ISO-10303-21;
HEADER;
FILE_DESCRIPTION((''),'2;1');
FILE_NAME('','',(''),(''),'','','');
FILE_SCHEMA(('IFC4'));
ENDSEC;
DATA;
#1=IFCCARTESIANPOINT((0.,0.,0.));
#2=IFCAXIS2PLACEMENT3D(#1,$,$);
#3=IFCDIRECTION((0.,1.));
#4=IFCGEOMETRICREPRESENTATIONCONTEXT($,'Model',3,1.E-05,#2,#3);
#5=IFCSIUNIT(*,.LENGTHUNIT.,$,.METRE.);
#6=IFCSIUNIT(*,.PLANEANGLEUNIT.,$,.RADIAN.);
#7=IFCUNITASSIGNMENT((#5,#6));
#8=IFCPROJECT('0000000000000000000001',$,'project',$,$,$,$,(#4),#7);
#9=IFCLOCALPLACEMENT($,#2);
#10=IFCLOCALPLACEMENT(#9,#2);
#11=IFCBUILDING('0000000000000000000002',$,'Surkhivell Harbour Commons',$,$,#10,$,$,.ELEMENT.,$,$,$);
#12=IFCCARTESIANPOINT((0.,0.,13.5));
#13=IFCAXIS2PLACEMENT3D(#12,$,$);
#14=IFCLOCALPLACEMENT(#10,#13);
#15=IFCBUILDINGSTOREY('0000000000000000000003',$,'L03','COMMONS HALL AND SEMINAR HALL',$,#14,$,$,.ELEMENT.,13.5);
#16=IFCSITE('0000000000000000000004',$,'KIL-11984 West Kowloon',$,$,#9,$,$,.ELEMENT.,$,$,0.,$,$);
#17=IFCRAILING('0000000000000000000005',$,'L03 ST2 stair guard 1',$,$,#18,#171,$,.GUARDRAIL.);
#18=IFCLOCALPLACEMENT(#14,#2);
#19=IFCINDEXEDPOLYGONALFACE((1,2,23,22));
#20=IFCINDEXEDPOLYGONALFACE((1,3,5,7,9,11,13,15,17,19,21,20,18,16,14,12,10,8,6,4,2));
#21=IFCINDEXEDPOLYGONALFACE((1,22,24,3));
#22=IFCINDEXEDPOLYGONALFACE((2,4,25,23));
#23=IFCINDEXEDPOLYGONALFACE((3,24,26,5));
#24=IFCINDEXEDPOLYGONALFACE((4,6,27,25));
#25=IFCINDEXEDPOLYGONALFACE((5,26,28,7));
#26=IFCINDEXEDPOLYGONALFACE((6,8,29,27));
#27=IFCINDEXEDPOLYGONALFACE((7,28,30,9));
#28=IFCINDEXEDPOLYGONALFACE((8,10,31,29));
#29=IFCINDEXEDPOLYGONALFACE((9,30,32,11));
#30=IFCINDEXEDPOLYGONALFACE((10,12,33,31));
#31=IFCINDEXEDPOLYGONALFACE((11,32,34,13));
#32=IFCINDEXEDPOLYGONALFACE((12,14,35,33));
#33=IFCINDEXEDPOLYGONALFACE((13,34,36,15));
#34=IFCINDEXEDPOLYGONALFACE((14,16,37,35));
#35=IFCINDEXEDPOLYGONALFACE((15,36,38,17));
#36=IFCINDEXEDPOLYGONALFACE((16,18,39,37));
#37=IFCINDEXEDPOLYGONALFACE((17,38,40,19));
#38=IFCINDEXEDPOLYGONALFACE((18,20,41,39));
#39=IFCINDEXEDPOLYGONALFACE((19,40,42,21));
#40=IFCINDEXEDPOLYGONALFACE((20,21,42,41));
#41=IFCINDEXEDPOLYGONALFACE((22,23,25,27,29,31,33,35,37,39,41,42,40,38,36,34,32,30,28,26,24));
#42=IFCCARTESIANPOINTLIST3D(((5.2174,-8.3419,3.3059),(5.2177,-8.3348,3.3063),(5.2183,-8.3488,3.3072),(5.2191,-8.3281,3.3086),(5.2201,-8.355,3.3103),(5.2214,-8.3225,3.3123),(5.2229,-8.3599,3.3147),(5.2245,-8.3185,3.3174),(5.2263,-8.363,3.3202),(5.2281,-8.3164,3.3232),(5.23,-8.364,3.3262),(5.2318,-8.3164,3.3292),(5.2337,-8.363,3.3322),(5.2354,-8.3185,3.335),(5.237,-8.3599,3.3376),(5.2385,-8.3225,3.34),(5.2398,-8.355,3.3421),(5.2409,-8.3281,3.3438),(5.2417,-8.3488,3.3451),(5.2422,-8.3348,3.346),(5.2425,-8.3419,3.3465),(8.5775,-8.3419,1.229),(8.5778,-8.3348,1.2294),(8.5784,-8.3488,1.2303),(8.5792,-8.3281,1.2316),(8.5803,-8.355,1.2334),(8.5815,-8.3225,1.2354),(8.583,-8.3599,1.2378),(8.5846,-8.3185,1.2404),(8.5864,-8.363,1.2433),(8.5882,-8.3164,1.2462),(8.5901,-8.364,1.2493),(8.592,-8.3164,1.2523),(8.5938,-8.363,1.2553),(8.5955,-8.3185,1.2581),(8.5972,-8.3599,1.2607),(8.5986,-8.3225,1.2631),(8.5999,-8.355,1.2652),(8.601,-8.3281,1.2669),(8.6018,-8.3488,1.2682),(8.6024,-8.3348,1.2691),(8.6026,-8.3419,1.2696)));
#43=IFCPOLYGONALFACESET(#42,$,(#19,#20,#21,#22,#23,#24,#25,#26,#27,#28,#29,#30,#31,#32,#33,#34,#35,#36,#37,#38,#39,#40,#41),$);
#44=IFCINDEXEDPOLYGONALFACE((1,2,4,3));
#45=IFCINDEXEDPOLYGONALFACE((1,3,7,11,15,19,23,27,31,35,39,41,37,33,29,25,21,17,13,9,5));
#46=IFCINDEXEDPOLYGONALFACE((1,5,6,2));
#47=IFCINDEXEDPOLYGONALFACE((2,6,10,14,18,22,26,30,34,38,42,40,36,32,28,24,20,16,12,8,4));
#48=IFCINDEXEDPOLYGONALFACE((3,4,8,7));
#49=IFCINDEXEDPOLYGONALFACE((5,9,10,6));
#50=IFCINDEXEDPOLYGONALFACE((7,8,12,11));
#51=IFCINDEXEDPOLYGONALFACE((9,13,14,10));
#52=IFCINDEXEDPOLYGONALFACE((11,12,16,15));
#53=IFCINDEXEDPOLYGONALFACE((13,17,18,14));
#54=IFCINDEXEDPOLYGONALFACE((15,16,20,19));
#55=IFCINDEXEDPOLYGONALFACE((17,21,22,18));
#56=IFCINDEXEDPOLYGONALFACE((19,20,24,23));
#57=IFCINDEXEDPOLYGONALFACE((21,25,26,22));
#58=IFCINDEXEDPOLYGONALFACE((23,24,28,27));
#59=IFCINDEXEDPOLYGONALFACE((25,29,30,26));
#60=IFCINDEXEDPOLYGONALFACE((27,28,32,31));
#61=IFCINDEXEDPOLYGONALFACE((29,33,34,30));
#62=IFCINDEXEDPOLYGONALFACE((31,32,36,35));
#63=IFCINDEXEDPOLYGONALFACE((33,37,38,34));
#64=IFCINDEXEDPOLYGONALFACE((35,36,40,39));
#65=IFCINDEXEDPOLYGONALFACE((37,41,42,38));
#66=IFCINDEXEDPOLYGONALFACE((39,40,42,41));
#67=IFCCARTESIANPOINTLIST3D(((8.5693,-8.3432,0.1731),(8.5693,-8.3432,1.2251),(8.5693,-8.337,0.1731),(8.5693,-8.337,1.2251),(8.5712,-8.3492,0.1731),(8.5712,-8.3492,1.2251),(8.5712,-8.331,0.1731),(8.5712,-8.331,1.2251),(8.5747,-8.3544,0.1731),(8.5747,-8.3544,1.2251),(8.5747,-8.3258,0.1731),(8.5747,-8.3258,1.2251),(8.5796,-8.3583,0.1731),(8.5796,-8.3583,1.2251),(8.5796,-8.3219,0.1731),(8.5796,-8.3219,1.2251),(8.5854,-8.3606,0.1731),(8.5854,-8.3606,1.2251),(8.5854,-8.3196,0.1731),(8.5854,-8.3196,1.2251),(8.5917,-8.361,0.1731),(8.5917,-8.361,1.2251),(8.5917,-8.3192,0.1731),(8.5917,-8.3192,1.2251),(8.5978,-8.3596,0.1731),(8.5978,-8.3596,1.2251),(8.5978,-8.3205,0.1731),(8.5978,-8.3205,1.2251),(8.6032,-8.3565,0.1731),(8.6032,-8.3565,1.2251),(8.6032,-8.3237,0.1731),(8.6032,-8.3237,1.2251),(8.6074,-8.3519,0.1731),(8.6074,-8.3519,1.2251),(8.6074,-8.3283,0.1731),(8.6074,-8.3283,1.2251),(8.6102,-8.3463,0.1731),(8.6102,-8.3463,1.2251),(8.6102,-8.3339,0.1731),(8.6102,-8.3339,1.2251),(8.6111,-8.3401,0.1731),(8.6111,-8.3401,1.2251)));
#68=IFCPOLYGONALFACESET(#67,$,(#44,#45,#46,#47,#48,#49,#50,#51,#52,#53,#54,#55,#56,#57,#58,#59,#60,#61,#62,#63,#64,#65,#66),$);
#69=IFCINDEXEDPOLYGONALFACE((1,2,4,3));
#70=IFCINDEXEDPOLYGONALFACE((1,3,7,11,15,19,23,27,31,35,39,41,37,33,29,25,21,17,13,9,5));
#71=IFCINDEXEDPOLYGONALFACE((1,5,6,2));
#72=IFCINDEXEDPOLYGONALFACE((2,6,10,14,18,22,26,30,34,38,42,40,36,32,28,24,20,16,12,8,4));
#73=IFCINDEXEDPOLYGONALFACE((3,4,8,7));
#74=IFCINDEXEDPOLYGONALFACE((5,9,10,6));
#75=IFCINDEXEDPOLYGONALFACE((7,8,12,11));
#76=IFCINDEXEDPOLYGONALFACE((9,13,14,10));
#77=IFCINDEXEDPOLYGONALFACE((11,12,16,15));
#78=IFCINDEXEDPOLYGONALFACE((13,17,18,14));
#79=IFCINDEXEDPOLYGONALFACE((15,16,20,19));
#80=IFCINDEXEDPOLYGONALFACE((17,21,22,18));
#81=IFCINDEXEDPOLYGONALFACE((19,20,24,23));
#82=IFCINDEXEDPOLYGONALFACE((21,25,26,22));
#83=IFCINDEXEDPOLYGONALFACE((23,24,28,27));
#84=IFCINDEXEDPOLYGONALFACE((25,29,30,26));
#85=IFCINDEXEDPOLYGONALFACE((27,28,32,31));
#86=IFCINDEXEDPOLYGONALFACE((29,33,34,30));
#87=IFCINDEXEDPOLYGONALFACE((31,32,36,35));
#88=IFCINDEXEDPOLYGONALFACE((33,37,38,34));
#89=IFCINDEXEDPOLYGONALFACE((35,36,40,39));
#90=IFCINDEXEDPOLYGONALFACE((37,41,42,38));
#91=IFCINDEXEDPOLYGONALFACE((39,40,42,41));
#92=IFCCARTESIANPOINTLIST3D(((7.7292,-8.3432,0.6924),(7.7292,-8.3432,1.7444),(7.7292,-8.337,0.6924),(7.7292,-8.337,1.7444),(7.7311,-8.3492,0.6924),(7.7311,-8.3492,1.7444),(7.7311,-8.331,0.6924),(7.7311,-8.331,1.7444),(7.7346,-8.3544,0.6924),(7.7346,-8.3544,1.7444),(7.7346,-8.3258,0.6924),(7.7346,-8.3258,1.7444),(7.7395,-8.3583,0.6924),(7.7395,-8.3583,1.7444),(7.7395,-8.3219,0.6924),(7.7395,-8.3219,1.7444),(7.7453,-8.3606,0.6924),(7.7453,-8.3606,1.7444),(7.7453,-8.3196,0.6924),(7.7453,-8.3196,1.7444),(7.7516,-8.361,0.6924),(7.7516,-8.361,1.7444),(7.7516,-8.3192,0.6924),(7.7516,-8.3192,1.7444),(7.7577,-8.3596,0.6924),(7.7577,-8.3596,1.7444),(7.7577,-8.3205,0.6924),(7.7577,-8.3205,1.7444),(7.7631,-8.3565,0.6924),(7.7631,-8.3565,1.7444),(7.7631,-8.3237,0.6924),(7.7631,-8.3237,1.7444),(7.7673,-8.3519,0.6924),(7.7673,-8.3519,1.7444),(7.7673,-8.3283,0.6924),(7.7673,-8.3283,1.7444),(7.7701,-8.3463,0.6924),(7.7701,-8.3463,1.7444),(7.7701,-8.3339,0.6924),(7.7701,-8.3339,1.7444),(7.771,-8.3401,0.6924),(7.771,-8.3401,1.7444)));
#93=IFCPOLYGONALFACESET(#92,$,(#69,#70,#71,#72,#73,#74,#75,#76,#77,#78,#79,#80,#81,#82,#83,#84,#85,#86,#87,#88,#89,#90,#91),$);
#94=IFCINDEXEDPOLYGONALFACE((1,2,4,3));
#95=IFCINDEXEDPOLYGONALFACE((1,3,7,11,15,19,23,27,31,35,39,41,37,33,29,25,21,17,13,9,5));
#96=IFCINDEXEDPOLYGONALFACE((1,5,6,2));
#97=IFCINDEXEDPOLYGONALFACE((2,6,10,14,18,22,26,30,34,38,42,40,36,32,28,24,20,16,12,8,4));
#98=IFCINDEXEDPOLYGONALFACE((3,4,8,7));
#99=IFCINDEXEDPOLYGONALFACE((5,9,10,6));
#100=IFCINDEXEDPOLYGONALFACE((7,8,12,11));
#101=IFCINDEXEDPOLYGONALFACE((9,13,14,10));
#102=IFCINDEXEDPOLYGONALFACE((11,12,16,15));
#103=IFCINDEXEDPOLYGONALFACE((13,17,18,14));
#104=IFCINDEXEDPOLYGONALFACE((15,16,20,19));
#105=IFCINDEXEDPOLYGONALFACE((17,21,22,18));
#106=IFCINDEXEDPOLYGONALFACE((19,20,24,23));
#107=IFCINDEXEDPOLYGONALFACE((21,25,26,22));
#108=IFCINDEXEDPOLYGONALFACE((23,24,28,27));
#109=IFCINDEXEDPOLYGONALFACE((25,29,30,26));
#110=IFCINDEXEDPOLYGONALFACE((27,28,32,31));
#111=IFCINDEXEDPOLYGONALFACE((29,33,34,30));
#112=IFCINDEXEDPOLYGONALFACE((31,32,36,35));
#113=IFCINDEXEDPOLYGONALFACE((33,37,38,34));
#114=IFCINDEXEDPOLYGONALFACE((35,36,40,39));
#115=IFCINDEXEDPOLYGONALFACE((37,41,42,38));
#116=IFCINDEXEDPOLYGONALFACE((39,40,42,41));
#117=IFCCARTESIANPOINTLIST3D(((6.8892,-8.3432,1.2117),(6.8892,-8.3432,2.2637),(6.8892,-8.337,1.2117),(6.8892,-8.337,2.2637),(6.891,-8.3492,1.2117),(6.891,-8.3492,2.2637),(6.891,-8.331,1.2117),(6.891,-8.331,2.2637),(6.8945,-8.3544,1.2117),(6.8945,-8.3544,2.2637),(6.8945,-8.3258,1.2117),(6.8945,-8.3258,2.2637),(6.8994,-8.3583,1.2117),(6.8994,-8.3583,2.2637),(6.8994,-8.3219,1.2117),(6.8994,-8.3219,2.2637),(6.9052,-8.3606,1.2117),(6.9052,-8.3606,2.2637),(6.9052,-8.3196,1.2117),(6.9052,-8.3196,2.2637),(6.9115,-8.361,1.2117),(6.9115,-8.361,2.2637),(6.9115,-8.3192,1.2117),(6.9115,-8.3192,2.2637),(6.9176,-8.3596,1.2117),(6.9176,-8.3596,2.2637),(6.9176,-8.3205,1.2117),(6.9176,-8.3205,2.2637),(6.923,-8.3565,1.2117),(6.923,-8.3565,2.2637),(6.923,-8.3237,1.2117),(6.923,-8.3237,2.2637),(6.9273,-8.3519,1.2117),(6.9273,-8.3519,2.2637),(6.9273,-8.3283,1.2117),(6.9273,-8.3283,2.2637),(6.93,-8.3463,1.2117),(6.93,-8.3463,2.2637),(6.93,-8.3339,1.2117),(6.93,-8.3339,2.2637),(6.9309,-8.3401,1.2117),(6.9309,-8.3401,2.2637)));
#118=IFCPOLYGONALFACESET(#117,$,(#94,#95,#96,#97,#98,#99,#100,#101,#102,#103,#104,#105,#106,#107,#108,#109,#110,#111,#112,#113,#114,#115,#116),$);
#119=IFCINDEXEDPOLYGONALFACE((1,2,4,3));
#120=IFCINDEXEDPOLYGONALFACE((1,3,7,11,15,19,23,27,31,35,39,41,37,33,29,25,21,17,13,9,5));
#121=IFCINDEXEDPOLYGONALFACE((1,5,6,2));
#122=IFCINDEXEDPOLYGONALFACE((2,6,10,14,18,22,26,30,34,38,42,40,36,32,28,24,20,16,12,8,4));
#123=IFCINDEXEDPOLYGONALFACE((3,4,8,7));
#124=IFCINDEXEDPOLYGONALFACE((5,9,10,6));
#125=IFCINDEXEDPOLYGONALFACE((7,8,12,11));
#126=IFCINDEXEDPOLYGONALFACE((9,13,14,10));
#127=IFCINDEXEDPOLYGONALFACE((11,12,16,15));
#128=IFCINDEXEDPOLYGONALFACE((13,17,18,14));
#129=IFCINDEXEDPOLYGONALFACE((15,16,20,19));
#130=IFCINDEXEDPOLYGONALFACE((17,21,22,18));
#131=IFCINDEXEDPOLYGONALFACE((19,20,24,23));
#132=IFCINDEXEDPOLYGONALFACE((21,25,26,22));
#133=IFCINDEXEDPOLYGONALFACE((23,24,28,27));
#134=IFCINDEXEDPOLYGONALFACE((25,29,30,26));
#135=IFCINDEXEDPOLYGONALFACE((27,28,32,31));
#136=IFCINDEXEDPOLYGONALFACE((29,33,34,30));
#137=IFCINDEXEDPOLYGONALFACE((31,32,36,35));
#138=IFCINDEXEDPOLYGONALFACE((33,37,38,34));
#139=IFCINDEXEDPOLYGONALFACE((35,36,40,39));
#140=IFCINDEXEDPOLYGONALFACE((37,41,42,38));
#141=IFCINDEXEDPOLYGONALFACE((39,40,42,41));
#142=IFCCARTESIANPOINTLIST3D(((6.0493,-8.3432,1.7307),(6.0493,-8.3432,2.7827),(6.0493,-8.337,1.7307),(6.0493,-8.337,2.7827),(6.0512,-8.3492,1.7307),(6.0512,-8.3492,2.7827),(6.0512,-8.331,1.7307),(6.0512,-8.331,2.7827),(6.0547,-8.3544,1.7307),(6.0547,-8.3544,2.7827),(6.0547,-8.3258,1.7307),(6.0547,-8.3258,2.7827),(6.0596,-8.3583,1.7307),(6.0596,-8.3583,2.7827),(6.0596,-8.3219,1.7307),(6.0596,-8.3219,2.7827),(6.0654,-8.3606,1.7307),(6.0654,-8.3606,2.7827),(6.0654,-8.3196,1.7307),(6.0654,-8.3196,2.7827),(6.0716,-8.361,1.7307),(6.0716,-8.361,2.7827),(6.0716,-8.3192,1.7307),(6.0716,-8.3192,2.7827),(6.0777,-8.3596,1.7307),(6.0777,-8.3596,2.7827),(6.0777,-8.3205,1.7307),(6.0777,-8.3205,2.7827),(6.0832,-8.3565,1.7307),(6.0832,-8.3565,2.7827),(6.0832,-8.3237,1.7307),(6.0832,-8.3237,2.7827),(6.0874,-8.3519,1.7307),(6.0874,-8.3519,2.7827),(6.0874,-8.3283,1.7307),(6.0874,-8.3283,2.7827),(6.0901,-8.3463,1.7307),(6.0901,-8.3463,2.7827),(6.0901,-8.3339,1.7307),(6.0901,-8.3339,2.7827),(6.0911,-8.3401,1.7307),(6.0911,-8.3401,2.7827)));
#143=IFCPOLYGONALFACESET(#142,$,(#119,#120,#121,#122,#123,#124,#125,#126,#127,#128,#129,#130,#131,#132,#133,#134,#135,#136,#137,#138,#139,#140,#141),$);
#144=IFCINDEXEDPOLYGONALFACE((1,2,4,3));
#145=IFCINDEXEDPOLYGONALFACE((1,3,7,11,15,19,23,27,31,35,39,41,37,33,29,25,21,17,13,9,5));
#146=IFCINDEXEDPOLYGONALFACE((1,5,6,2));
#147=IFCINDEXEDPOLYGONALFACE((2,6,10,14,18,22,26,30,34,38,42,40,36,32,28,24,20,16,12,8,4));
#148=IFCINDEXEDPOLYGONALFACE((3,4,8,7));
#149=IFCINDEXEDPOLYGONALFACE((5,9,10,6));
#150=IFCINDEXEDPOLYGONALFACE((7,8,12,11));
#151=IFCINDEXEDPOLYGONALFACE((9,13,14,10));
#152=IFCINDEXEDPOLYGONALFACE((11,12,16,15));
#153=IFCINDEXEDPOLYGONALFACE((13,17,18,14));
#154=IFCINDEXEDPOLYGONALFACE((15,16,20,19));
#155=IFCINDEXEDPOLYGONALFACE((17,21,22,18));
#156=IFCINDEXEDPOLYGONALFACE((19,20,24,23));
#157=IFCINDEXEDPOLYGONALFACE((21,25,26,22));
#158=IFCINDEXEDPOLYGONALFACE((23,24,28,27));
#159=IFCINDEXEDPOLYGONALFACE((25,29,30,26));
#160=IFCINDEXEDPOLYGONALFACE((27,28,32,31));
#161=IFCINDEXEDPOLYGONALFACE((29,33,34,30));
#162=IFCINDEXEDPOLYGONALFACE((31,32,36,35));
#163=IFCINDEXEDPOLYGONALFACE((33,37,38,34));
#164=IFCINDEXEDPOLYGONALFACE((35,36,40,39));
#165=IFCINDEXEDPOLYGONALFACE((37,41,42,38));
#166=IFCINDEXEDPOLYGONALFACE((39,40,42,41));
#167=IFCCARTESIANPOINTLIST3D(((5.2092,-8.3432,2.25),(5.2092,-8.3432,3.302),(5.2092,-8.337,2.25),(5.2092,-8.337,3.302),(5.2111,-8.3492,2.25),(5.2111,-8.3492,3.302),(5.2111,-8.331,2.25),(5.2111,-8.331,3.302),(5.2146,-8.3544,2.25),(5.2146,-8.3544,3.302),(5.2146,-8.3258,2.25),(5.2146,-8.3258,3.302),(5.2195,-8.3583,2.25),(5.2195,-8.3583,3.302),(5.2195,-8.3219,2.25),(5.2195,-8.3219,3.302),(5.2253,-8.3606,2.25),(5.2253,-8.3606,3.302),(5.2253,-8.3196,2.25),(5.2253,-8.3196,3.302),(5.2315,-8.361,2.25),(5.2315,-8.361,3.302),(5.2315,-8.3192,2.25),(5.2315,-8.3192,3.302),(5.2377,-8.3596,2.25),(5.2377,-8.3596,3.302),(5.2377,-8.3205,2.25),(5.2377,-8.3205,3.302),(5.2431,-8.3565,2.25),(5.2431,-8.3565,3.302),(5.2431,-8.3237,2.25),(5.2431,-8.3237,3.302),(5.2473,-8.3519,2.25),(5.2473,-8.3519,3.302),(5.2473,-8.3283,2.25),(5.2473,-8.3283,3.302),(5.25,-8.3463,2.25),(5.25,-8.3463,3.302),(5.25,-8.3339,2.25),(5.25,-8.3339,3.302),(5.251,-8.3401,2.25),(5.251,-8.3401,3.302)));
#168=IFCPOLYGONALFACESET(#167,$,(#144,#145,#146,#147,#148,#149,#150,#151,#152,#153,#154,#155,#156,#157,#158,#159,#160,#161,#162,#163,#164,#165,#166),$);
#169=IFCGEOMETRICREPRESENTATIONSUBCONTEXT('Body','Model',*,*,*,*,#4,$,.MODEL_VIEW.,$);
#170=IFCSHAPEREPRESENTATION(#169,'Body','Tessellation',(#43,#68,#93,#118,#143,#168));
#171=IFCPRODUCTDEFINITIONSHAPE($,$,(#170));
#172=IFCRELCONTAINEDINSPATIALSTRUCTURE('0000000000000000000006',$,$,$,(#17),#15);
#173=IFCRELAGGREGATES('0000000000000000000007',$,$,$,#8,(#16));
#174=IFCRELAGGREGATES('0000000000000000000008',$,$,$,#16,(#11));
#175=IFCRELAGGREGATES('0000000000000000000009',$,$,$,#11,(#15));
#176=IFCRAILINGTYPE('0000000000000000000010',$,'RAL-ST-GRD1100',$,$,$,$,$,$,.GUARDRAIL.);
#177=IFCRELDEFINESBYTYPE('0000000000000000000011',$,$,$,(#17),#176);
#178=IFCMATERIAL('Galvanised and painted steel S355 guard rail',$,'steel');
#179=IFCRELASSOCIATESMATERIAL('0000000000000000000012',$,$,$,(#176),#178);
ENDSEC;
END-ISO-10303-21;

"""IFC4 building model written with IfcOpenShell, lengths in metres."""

from ifc_helpers import new_model, si_unit, direction, frame, origin, origin_2d, place, context, subcontext, project, spatial, circle, extrude, material, type_object, element, save


model = new_model("IFC4")

# Units and contexts
model_context = context("Model", 3, precision=1e-05, world=origin(), true_north=direction((0.0, 1.0)))
body_context = subcontext(model_context, "Body", "Model", "MODEL_VIEW")
ifc_project = project(units=[si_unit("LENGTHUNIT", "METRE"), si_unit("PLANEANGLEUNIT", "RADIAN")], contexts=[model_context])

# Site, building, storey
site_placement = place(None, origin())
site = spatial("IfcSite", under=ifc_project, at=site_placement, Name="KIL-11984 West Kowloon", CompositionType="ELEMENT", RefElevation=0.0)
building_placement = place(site_placement, origin())
building = spatial("IfcBuilding", under=site, at=building_placement, Name="Surkhivell Harbour Commons", CompositionType="ELEMENT")
storey_placement = place(building_placement, frame((0.0, 0.0, 13.5)))
storey = spatial("IfcBuildingStorey", under=building, at=storey_placement, Name="L03", Description="COMMONS HALL AND SEMINAR HALL", CompositionType="ELEMENT", Elevation=13.5)

# Railing
ifc_material_1 = material(Name="Galvanised and painted steel S355 guard rail", Category="steel")
railing_type_1 = type_object("IfcRailingType", Name="RAL-ST-GRD1100", PredefinedType="GUARDRAIL", material=ifc_material_1)
railing_1_placement = place(storey_placement, frame((8.5901, -8.3401, 0.1731)))
element("IfcRailing", 1, at=railing_1_placement, inside=storey, type_object=railing_type_1, Name="L03 ST2 stair guard 1", PredefinedType="GUARDRAIL", context=body_context, shape_type="SweptSolid", body=[
    extrude(circle(Radius=0.0239, at=origin_2d()), frame((0.0, 0.0, 1.0762), z_axis=(-0.850623, 0.0, 0.525776), x_axis=(0.0, -1.0, 0.0)), (0.0, 0.0, 1.0), 3.9502),
    extrude(circle(Radius=0.021, at=origin_2d()), origin(), (0.0, 0.0, 1.0), 1.052),
    extrude(circle(Radius=0.021, at=origin_2d()), frame((-0.8401, 0.0, 0.5193)), (0.0, 0.0, 1.0), 1.052),
    extrude(circle(Radius=0.021, at=origin_2d()), frame((-1.6802, 0.0, 1.0386)), (0.0, 0.0, 1.0), 1.052),
    extrude(circle(Radius=0.021, at=origin_2d()), frame((-2.52, 0.0, 1.5576)), (0.0, 0.0, 1.0), 1.052),
    extrude(circle(Radius=0.021, at=origin_2d()), frame((-3.3601, 0.0, 2.0769)), (0.0, 0.0, 1.0), 1.052),
])

save(model, "model.ifc")
